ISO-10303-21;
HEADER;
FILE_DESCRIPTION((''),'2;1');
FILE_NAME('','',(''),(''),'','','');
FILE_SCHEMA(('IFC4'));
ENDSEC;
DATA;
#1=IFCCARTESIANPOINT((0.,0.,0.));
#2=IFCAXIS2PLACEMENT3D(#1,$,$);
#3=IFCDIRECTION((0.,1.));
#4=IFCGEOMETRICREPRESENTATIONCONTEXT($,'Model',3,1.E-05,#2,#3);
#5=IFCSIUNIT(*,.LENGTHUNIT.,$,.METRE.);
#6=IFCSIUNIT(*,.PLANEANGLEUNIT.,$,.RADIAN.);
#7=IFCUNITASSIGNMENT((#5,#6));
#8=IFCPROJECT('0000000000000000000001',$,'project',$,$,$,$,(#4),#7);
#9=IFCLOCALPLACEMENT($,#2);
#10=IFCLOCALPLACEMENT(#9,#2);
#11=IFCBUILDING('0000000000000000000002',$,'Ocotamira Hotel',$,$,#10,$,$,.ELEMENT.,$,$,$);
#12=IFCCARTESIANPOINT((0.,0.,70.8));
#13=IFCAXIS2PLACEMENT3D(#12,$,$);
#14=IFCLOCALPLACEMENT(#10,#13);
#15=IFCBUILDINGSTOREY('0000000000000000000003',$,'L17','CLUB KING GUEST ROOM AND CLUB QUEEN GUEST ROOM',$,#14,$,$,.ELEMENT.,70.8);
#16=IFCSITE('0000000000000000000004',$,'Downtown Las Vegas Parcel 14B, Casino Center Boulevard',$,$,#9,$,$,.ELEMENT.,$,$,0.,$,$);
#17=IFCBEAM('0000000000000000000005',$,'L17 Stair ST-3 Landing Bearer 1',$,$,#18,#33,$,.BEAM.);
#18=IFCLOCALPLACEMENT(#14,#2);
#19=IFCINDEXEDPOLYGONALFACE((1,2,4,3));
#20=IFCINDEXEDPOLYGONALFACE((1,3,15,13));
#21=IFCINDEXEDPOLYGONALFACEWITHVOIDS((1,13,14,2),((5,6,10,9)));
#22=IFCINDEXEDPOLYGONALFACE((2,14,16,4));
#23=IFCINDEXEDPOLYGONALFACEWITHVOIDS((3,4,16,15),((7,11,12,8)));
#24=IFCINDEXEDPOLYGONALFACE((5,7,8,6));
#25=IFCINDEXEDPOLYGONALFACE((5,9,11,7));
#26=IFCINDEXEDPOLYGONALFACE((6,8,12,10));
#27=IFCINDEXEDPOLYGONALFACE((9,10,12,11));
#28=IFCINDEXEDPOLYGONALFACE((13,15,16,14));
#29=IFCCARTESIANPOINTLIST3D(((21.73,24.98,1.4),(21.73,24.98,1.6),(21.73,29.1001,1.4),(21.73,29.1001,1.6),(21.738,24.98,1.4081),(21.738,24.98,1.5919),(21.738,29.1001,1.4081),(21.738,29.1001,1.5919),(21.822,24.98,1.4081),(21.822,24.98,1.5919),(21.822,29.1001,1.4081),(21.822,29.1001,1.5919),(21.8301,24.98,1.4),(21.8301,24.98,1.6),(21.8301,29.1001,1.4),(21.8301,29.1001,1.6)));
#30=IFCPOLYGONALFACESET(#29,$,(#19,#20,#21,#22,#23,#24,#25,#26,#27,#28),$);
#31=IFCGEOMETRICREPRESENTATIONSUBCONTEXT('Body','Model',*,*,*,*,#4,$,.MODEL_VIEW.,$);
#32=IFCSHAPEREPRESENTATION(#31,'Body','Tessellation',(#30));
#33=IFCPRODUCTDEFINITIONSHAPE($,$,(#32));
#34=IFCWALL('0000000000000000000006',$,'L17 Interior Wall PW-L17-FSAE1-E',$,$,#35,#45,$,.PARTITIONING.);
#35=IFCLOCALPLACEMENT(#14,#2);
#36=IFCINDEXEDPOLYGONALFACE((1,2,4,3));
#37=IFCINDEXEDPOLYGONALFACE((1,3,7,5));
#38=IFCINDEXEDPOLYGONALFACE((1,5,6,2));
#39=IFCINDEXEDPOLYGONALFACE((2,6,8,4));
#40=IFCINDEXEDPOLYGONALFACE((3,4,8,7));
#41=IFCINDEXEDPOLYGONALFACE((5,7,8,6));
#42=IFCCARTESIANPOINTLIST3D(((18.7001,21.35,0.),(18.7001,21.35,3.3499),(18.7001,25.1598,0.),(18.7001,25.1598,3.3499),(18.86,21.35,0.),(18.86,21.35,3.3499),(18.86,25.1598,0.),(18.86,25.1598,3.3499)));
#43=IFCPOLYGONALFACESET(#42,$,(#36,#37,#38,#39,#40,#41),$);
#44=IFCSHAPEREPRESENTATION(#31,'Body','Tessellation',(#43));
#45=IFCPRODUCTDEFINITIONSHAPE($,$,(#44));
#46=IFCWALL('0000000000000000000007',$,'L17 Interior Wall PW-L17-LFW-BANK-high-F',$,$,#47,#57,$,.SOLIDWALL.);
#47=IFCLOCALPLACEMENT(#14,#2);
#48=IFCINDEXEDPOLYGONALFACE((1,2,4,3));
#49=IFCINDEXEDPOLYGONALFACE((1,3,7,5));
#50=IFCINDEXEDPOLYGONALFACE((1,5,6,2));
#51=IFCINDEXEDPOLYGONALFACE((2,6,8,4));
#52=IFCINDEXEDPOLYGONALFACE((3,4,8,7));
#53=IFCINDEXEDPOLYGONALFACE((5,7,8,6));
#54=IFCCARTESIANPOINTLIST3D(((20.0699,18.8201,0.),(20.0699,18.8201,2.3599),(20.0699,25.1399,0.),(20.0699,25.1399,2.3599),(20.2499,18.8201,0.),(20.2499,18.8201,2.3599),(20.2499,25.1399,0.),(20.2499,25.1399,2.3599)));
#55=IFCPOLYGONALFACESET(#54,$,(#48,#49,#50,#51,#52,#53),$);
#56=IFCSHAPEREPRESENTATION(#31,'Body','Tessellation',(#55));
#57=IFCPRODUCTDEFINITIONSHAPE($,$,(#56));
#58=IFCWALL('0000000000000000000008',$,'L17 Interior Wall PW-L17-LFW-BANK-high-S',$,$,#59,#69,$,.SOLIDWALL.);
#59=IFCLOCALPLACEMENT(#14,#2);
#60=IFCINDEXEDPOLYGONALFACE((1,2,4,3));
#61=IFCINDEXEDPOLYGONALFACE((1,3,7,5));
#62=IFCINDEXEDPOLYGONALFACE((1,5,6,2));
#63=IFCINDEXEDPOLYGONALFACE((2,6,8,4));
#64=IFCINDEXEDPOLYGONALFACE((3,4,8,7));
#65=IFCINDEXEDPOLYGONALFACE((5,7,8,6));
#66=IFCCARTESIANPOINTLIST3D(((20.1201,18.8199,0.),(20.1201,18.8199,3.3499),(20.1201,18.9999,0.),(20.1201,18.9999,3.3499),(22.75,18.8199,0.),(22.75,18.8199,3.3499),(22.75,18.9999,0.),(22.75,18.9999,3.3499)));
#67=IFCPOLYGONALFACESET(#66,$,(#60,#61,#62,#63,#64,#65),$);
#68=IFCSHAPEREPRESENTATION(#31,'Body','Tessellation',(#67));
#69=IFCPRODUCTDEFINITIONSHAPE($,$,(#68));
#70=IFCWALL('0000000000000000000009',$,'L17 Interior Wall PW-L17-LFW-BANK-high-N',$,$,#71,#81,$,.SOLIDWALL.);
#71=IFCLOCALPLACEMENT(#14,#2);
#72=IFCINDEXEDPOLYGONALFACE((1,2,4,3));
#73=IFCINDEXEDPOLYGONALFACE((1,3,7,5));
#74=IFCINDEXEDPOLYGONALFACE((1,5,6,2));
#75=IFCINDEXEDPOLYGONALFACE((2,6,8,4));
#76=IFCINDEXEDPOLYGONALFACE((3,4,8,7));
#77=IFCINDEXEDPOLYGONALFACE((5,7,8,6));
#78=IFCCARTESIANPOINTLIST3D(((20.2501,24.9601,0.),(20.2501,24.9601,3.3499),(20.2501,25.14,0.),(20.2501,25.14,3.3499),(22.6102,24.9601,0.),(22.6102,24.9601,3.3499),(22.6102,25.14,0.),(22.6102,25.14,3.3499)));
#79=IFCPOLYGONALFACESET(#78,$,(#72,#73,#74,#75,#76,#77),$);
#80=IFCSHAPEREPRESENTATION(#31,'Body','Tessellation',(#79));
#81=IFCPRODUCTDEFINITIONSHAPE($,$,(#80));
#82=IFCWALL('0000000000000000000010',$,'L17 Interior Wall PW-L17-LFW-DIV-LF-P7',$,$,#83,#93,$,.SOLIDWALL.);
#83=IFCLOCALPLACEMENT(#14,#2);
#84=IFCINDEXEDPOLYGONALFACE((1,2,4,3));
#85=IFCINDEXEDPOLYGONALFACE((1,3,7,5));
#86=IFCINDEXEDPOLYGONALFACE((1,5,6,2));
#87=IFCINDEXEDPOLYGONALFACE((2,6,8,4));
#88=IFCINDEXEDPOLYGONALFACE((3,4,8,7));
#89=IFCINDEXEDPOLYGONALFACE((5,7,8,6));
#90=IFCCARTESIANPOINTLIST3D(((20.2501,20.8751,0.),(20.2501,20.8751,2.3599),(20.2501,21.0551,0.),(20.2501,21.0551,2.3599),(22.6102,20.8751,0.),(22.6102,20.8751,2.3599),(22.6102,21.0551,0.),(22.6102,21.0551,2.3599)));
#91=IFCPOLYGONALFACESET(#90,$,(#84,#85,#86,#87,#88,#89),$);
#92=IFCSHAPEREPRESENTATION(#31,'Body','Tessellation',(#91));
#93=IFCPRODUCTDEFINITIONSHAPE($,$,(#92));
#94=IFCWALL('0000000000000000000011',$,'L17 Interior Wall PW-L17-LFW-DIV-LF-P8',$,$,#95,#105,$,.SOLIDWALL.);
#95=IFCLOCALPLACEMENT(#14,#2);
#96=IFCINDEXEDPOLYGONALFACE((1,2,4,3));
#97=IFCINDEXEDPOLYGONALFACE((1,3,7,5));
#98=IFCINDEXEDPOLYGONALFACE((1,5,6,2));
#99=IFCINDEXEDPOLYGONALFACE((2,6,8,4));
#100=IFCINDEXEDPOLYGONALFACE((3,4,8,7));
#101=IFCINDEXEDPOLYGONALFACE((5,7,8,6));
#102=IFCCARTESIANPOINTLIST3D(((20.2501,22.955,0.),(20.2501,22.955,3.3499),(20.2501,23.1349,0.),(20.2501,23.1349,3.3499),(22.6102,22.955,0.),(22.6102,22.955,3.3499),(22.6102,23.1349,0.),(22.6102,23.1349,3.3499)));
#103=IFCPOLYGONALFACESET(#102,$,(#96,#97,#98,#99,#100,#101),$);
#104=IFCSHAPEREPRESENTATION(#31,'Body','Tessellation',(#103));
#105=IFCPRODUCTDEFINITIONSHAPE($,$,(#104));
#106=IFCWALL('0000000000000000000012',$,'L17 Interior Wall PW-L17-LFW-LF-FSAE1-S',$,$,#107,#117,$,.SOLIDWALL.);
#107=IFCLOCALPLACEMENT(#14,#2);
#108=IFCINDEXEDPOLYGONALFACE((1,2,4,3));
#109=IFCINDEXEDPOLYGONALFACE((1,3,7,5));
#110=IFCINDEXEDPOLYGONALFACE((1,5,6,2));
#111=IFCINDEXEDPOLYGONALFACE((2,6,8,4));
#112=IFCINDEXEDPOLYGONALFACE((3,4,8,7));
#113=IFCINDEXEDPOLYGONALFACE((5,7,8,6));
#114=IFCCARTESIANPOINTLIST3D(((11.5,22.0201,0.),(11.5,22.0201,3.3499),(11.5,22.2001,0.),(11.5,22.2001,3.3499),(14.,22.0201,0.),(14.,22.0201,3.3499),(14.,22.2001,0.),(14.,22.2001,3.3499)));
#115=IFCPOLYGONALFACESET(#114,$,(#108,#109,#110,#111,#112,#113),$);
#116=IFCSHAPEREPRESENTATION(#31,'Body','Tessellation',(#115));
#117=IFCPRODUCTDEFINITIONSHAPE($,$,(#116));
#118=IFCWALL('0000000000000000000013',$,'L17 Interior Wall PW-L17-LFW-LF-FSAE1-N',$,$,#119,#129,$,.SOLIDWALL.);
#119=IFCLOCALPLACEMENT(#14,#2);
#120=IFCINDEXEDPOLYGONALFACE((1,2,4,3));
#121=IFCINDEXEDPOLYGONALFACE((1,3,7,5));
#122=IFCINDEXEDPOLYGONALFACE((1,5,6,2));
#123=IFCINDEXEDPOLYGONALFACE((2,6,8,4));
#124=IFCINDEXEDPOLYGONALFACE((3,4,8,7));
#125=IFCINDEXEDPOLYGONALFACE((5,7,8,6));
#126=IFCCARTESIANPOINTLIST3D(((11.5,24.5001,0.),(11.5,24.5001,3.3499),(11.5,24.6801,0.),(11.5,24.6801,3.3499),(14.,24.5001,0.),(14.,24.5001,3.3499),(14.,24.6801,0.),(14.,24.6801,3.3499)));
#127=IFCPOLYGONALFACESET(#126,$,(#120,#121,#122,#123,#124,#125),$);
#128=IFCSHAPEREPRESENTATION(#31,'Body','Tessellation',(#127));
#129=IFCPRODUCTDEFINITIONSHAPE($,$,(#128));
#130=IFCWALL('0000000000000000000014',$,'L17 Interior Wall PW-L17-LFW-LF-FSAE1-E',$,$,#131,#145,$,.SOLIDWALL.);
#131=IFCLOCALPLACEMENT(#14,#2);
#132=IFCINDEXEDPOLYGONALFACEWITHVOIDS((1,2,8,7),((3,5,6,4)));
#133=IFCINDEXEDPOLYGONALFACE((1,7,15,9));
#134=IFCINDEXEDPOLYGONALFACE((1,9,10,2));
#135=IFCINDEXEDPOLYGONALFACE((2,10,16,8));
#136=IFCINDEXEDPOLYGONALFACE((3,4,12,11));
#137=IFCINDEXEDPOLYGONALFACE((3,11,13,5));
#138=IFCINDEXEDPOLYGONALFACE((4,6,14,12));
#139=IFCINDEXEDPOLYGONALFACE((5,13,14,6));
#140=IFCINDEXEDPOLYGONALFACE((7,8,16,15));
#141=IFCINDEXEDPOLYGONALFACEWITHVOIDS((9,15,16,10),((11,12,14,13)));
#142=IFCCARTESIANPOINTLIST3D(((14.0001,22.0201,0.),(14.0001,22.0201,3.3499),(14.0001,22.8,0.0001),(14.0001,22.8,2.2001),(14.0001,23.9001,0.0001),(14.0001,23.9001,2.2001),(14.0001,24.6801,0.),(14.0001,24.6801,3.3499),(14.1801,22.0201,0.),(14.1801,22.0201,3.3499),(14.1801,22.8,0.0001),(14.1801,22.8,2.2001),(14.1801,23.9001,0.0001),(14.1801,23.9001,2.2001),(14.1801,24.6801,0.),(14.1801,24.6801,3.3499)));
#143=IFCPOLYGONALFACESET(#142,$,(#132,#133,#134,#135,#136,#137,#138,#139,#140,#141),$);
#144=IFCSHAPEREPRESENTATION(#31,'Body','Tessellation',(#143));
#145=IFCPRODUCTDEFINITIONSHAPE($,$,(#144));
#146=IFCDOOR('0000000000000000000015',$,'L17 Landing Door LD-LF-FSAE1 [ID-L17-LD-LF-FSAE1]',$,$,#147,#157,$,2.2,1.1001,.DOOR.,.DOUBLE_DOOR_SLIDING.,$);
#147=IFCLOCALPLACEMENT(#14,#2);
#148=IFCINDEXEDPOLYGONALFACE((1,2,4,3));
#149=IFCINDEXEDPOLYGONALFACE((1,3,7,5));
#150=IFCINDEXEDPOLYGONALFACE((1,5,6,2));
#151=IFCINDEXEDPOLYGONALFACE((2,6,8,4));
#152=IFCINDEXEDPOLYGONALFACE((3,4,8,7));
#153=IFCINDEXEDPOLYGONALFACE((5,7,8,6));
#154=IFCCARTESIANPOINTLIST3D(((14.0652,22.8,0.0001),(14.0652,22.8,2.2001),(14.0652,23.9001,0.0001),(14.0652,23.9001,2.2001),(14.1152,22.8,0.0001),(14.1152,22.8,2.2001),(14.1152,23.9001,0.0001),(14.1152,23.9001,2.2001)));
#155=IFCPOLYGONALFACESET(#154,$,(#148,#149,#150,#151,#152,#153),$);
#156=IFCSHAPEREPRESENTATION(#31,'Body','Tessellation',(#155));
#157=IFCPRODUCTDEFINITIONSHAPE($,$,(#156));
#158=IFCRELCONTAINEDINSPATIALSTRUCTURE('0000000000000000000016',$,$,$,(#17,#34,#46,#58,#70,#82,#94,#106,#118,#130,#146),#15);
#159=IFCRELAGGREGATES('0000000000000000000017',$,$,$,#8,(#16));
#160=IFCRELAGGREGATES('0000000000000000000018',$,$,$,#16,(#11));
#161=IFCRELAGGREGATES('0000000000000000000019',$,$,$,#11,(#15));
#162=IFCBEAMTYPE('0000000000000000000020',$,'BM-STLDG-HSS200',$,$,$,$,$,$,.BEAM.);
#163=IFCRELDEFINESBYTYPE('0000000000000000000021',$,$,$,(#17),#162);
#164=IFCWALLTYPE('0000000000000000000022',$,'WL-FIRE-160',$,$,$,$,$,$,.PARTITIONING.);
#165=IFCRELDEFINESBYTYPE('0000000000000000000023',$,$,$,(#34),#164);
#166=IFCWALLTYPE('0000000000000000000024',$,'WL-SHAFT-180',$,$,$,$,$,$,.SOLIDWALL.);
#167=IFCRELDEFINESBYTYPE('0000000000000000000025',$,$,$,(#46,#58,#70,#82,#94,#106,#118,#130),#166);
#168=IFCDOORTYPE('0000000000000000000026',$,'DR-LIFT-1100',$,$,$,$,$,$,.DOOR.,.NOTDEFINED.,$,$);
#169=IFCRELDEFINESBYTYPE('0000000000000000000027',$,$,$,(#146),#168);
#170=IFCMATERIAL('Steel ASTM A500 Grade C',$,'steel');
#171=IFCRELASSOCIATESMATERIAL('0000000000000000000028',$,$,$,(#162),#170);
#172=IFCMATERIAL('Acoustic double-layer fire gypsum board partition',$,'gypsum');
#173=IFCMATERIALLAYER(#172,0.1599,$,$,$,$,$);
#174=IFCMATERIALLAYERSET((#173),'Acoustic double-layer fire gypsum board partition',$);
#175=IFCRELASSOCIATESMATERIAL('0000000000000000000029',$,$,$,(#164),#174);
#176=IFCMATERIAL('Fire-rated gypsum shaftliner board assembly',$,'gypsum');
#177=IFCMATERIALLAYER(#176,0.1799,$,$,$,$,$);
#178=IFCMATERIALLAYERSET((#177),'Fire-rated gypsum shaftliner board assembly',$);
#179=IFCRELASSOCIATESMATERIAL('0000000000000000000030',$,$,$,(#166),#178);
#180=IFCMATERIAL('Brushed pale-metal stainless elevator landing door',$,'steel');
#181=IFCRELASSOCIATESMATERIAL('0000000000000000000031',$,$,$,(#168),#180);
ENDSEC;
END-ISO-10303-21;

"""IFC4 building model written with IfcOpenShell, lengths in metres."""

from ifc_helpers import new_model, si_unit, direction, frame, frame_2d, origin, origin_2d, place, context, subcontext, project, spatial, rectangle, hollow_rectangle, extrude, source, transform, mapped, material, layer, layer_set, material_profile, profile_set, type_object, element, fill, save


model = new_model("IFC4")

# Units and contexts
model_context = context("Model", 3, precision=1e-05, world=origin(), true_north=direction((0.0, 1.0)))
body_context = subcontext(model_context, "Body", "Model", "MODEL_VIEW")
ifc_project = project(units=[si_unit("LENGTHUNIT", "METRE"), si_unit("PLANEANGLEUNIT", "RADIAN")], contexts=[model_context])

# Site, building, storey
site_placement = place(None, origin())
site = spatial("IfcSite", under=ifc_project, at=site_placement, Name="Downtown Las Vegas Parcel 14B, Casino Center Boulevard", CompositionType="ELEMENT", RefElevation=0.0)
building_placement = place(site_placement, origin())
building = spatial("IfcBuilding", under=site, at=building_placement, Name="Ocotamira Hotel", CompositionType="ELEMENT")
storey_placement = place(building_placement, frame((0.0, 0.0, 70.8)))
storey = spatial("IfcBuildingStorey", under=building, at=storey_placement, Name="L17", Description="CLUB KING GUEST ROOM AND CLUB QUEEN GUEST ROOM", CompositionType="ELEMENT", Elevation=70.8)

# Beam
ifc_material_1 = material(Name="Steel ASTM A500 Grade C", Category="steel")
ifc_material_profile = material_profile(ifc_material_1, hollow_rectangle(XDim=0.1001, YDim=0.2, WallThickness=0.0081, at=origin_2d()), Name="HSS200X100X8")
ifc_profile_set = profile_set([ifc_material_profile], Name="Steel ASTM A500 Grade C")
beam_type = type_object("IfcBeamType", Name="BM-STLDG-HSS200", PredefinedType="BEAM", material=ifc_profile_set)
shared_shape_1 = source(origin(), body_context, "Body", "SweptSolid", [
    extrude(hollow_rectangle(XDim=0.1001, YDim=0.2, WallThickness=0.0081, at=origin_2d()), origin(), (0.0, 0.0, 1.0), 4.1201),
])
beam_placement = place(storey_placement, frame((21.78, 24.98, 1.5), z_axis=(0.0, 1.0, 0.0), x_axis=(-1.0, 0.0, 0.0)))
element("IfcBeam", 1, at=beam_placement, inside=storey, type_object=beam_type, Name="L17 Stair ST-3 Landing Bearer 1", PredefinedType="BEAM", context=body_context, shape_type="MappedRepresentation", body=[
    mapped(shared_shape_1, transform((0.0, 0.0, 0.0), scale=1.0)),
])

# Shared definitions
ifc_material_2 = material(Name="Acoustic double-layer fire gypsum board partition", Category="gypsum")
ifc_layer_1 = layer(ifc_material_2, 0.1599)
ifc_layer_set_1 = layer_set([ifc_layer_1], Name="Acoustic double-layer fire gypsum board partition")
wall_type_1 = type_object("IfcWallType", Name="WL-FIRE-160", PredefinedType="PARTITIONING", material=ifc_layer_set_1)

# Walls
wall_1_placement = place(storey_placement, frame((18.78, 21.3501, 0.0), z_axis=(0.0, 0.0, 1.0), x_axis=(0.0, 1.0, 0.0)))
element("IfcWall", 2, at=wall_1_placement, inside=storey, type_object=wall_type_1, Name="L17 Interior Wall PW-L17-FSAE1-E", PredefinedType="PARTITIONING", context=body_context, shape_type="SweptSolid", body=[
    extrude(rectangle(XDim=3.8098, YDim=0.1599, at=frame_2d((1.9048, 0.0))), origin(), (0.0, 0.0, 1.0), 3.3499),
])
ifc_material_3 = material(Name="Fire-rated gypsum shaftliner board assembly", Category="gypsum")
ifc_layer_2 = layer(ifc_material_3, 0.1799)
ifc_layer_set_2 = layer_set([ifc_layer_2], Name="Fire-rated gypsum shaftliner board assembly")
wall_type_2 = type_object("IfcWallType", Name="WL-SHAFT-180", PredefinedType="SOLIDWALL", material=ifc_layer_set_2)
wall_2_placement = place(storey_placement, frame((20.1599, 18.8201, 0.0), z_axis=(0.0, 0.0, 1.0), x_axis=(0.0, 1.0, 0.0)))
element("IfcWall", 3, at=wall_2_placement, inside=storey, type_object=wall_type_2, Name="L17 Interior Wall PW-L17-LFW-BANK-high-F", PredefinedType="SOLIDWALL", context=body_context, shape_type="SweptSolid", body=[
    extrude(rectangle(XDim=6.3198, YDim=0.1799, at=frame_2d((3.1599, 0.0))), origin(), (0.0, 0.0, 1.0), 2.3599),
])
wall_3_placement = place(storey_placement, frame((20.1201, 18.9099, 0.0), z_axis=(0.0, 0.0, 1.0), x_axis=(1.0, 0.0, 0.0)))
element("IfcWall", 4, at=wall_3_placement, inside=storey, type_object=wall_type_2, Name="L17 Interior Wall PW-L17-LFW-BANK-high-S", PredefinedType="SOLIDWALL", context=body_context, shape_type="SweptSolid", body=[
    extrude(rectangle(XDim=2.6299, YDim=0.1799, at=frame_2d((1.3149, 0.0))), origin(), (0.0, 0.0, 1.0), 3.3499),
])
wall_4_placement = place(storey_placement, frame((20.25, 25.05, 0.0), z_axis=(0.0, 0.0, 1.0), x_axis=(1.0, 0.0, 0.0)))
element("IfcWall", 5, at=wall_4_placement, inside=storey, type_object=wall_type_2, Name="L17 Interior Wall PW-L17-LFW-BANK-high-N", PredefinedType="SOLIDWALL", context=body_context, shape_type="SweptSolid", body=[
    extrude(rectangle(XDim=2.3601, YDim=0.1799, at=frame_2d((1.1802, 0.0))), origin(), (0.0, 0.0, 1.0), 3.3499),
])
wall_5_placement = place(storey_placement, frame((20.25, 20.9651, 0.0), z_axis=(0.0, 0.0, 1.0), x_axis=(1.0, 0.0, 0.0)))
element("IfcWall", 6, at=wall_5_placement, inside=storey, type_object=wall_type_2, Name="L17 Interior Wall PW-L17-LFW-DIV-LF-P7", PredefinedType="SOLIDWALL", context=body_context, shape_type="SweptSolid", body=[
    extrude(rectangle(XDim=2.3601, YDim=0.1799, at=frame_2d((1.1802, 0.0))), origin(), (0.0, 0.0, 1.0), 2.3599),
])
wall_6_placement = place(storey_placement, frame((20.25, 23.0449, 0.0), z_axis=(0.0, 0.0, 1.0), x_axis=(1.0, 0.0, 0.0)))
element("IfcWall", 7, at=wall_6_placement, inside=storey, type_object=wall_type_2, Name="L17 Interior Wall PW-L17-LFW-DIV-LF-P8", PredefinedType="SOLIDWALL", context=body_context, shape_type="SweptSolid", body=[
    extrude(rectangle(XDim=2.3601, YDim=0.1799, at=frame_2d((1.1802, 0.0))), origin(), (0.0, 0.0, 1.0), 3.3499),
])
for number, where, z_axis, x_axis, name in (
    (8, (11.5, 22.1101, 0.0), (0.0, 0.0, 1.0), (1.0, 0.0, 0.0), "L17 Interior Wall PW-L17-LFW-LF-FSAE1-S"),
    (9, (11.5, 24.5901, 0.0), (0.0, 0.0, 1.0), (1.0, 0.0, 0.0), "L17 Interior Wall PW-L17-LFW-LF-FSAE1-N"),
):
    element("IfcWall", number, at=place(storey_placement, frame(where, z_axis=z_axis, x_axis=x_axis)), inside=storey, type_object=wall_type_2, Name=name, PredefinedType="SOLIDWALL", context=body_context, shape_type="SweptSolid", body=[
        extrude(rectangle(XDim=2.5, YDim=0.1799, at=frame_2d((1.25, 0.0))), origin(), (0.0, 0.0, 1.0), 3.3499),
    ])

# Wall, opening, door
wall_7_placement = place(storey_placement, frame((14.0901, 22.02, 0.0), z_axis=(0.0, 0.0, 1.0), x_axis=(0.0, 1.0, 0.0)))
wall_7 = element("IfcWall", 10, at=wall_7_placement, inside=storey, type_object=wall_type_2, Name="L17 Interior Wall PW-L17-LFW-LF-FSAE1-E", PredefinedType="SOLIDWALL", context=body_context, shape_type="SweptSolid", body=[
    extrude(rectangle(XDim=2.6599, YDim=0.1799, at=frame_2d((1.3301, 0.0))), origin(), (0.0, 0.0, 1.0), 3.3499),
])
opening_1_placement = place(wall_7_placement, frame((0.78, 0.0, 0.0)))
opening_1 = element("IfcOpeningElement", 11, at=opening_1_placement, cuts=wall_7, PredefinedType="OPENING", context=body_context, shape_type="SweptSolid", body=[
    extrude(rectangle(XDim=1.1001, YDim=2.2, at=frame_2d((0.55, 1.1001))), frame((0.0, 0.1001, 0.0), z_axis=(0.0, -1.0, 0.0), x_axis=(1.0, 0.0, 0.0)), (0.0, 0.0, 1.0), 0.2),
])
ifc_material_4 = material(Name="Brushed pale-metal stainless elevator landing door", Category="steel")
door_type_1 = type_object("IfcDoorType", Name="DR-LIFT-1100", OperationType="NOTDEFINED", PredefinedType="DOOR", material=ifc_material_4)
shared_shape_2 = source(origin(), body_context, "Body", "SweptSolid", [
    extrude(rectangle(XDim=1.1001, YDim=2.2, at=frame_2d((0.55, 1.1001))), frame((0.0, 0.0249, 0.0), z_axis=(0.0, -1.0, 0.0), x_axis=(1.0, 0.0, 0.0)), (0.0, 0.0, 1.0), 0.05),
])
door_1_placement = place(opening_1_placement, origin())
door_1 = element("IfcDoor", 12, at=door_1_placement, inside=storey, type_object=door_type_1, Name="L17 Landing Door LD-LF-FSAE1 [ID-L17-LD-LF-FSAE1]", OperationType="DOUBLE_DOOR_SLIDING", OverallHeight=2.2, OverallWidth=1.1001, PredefinedType="DOOR", context=body_context, shape_type="MappedRepresentation", body=[
    mapped(shared_shape_2, transform((0.0, 0.0, 0.0), scale=1.0)),
])
fill(opening_1, door_1)

save(model, "model.ifc")
